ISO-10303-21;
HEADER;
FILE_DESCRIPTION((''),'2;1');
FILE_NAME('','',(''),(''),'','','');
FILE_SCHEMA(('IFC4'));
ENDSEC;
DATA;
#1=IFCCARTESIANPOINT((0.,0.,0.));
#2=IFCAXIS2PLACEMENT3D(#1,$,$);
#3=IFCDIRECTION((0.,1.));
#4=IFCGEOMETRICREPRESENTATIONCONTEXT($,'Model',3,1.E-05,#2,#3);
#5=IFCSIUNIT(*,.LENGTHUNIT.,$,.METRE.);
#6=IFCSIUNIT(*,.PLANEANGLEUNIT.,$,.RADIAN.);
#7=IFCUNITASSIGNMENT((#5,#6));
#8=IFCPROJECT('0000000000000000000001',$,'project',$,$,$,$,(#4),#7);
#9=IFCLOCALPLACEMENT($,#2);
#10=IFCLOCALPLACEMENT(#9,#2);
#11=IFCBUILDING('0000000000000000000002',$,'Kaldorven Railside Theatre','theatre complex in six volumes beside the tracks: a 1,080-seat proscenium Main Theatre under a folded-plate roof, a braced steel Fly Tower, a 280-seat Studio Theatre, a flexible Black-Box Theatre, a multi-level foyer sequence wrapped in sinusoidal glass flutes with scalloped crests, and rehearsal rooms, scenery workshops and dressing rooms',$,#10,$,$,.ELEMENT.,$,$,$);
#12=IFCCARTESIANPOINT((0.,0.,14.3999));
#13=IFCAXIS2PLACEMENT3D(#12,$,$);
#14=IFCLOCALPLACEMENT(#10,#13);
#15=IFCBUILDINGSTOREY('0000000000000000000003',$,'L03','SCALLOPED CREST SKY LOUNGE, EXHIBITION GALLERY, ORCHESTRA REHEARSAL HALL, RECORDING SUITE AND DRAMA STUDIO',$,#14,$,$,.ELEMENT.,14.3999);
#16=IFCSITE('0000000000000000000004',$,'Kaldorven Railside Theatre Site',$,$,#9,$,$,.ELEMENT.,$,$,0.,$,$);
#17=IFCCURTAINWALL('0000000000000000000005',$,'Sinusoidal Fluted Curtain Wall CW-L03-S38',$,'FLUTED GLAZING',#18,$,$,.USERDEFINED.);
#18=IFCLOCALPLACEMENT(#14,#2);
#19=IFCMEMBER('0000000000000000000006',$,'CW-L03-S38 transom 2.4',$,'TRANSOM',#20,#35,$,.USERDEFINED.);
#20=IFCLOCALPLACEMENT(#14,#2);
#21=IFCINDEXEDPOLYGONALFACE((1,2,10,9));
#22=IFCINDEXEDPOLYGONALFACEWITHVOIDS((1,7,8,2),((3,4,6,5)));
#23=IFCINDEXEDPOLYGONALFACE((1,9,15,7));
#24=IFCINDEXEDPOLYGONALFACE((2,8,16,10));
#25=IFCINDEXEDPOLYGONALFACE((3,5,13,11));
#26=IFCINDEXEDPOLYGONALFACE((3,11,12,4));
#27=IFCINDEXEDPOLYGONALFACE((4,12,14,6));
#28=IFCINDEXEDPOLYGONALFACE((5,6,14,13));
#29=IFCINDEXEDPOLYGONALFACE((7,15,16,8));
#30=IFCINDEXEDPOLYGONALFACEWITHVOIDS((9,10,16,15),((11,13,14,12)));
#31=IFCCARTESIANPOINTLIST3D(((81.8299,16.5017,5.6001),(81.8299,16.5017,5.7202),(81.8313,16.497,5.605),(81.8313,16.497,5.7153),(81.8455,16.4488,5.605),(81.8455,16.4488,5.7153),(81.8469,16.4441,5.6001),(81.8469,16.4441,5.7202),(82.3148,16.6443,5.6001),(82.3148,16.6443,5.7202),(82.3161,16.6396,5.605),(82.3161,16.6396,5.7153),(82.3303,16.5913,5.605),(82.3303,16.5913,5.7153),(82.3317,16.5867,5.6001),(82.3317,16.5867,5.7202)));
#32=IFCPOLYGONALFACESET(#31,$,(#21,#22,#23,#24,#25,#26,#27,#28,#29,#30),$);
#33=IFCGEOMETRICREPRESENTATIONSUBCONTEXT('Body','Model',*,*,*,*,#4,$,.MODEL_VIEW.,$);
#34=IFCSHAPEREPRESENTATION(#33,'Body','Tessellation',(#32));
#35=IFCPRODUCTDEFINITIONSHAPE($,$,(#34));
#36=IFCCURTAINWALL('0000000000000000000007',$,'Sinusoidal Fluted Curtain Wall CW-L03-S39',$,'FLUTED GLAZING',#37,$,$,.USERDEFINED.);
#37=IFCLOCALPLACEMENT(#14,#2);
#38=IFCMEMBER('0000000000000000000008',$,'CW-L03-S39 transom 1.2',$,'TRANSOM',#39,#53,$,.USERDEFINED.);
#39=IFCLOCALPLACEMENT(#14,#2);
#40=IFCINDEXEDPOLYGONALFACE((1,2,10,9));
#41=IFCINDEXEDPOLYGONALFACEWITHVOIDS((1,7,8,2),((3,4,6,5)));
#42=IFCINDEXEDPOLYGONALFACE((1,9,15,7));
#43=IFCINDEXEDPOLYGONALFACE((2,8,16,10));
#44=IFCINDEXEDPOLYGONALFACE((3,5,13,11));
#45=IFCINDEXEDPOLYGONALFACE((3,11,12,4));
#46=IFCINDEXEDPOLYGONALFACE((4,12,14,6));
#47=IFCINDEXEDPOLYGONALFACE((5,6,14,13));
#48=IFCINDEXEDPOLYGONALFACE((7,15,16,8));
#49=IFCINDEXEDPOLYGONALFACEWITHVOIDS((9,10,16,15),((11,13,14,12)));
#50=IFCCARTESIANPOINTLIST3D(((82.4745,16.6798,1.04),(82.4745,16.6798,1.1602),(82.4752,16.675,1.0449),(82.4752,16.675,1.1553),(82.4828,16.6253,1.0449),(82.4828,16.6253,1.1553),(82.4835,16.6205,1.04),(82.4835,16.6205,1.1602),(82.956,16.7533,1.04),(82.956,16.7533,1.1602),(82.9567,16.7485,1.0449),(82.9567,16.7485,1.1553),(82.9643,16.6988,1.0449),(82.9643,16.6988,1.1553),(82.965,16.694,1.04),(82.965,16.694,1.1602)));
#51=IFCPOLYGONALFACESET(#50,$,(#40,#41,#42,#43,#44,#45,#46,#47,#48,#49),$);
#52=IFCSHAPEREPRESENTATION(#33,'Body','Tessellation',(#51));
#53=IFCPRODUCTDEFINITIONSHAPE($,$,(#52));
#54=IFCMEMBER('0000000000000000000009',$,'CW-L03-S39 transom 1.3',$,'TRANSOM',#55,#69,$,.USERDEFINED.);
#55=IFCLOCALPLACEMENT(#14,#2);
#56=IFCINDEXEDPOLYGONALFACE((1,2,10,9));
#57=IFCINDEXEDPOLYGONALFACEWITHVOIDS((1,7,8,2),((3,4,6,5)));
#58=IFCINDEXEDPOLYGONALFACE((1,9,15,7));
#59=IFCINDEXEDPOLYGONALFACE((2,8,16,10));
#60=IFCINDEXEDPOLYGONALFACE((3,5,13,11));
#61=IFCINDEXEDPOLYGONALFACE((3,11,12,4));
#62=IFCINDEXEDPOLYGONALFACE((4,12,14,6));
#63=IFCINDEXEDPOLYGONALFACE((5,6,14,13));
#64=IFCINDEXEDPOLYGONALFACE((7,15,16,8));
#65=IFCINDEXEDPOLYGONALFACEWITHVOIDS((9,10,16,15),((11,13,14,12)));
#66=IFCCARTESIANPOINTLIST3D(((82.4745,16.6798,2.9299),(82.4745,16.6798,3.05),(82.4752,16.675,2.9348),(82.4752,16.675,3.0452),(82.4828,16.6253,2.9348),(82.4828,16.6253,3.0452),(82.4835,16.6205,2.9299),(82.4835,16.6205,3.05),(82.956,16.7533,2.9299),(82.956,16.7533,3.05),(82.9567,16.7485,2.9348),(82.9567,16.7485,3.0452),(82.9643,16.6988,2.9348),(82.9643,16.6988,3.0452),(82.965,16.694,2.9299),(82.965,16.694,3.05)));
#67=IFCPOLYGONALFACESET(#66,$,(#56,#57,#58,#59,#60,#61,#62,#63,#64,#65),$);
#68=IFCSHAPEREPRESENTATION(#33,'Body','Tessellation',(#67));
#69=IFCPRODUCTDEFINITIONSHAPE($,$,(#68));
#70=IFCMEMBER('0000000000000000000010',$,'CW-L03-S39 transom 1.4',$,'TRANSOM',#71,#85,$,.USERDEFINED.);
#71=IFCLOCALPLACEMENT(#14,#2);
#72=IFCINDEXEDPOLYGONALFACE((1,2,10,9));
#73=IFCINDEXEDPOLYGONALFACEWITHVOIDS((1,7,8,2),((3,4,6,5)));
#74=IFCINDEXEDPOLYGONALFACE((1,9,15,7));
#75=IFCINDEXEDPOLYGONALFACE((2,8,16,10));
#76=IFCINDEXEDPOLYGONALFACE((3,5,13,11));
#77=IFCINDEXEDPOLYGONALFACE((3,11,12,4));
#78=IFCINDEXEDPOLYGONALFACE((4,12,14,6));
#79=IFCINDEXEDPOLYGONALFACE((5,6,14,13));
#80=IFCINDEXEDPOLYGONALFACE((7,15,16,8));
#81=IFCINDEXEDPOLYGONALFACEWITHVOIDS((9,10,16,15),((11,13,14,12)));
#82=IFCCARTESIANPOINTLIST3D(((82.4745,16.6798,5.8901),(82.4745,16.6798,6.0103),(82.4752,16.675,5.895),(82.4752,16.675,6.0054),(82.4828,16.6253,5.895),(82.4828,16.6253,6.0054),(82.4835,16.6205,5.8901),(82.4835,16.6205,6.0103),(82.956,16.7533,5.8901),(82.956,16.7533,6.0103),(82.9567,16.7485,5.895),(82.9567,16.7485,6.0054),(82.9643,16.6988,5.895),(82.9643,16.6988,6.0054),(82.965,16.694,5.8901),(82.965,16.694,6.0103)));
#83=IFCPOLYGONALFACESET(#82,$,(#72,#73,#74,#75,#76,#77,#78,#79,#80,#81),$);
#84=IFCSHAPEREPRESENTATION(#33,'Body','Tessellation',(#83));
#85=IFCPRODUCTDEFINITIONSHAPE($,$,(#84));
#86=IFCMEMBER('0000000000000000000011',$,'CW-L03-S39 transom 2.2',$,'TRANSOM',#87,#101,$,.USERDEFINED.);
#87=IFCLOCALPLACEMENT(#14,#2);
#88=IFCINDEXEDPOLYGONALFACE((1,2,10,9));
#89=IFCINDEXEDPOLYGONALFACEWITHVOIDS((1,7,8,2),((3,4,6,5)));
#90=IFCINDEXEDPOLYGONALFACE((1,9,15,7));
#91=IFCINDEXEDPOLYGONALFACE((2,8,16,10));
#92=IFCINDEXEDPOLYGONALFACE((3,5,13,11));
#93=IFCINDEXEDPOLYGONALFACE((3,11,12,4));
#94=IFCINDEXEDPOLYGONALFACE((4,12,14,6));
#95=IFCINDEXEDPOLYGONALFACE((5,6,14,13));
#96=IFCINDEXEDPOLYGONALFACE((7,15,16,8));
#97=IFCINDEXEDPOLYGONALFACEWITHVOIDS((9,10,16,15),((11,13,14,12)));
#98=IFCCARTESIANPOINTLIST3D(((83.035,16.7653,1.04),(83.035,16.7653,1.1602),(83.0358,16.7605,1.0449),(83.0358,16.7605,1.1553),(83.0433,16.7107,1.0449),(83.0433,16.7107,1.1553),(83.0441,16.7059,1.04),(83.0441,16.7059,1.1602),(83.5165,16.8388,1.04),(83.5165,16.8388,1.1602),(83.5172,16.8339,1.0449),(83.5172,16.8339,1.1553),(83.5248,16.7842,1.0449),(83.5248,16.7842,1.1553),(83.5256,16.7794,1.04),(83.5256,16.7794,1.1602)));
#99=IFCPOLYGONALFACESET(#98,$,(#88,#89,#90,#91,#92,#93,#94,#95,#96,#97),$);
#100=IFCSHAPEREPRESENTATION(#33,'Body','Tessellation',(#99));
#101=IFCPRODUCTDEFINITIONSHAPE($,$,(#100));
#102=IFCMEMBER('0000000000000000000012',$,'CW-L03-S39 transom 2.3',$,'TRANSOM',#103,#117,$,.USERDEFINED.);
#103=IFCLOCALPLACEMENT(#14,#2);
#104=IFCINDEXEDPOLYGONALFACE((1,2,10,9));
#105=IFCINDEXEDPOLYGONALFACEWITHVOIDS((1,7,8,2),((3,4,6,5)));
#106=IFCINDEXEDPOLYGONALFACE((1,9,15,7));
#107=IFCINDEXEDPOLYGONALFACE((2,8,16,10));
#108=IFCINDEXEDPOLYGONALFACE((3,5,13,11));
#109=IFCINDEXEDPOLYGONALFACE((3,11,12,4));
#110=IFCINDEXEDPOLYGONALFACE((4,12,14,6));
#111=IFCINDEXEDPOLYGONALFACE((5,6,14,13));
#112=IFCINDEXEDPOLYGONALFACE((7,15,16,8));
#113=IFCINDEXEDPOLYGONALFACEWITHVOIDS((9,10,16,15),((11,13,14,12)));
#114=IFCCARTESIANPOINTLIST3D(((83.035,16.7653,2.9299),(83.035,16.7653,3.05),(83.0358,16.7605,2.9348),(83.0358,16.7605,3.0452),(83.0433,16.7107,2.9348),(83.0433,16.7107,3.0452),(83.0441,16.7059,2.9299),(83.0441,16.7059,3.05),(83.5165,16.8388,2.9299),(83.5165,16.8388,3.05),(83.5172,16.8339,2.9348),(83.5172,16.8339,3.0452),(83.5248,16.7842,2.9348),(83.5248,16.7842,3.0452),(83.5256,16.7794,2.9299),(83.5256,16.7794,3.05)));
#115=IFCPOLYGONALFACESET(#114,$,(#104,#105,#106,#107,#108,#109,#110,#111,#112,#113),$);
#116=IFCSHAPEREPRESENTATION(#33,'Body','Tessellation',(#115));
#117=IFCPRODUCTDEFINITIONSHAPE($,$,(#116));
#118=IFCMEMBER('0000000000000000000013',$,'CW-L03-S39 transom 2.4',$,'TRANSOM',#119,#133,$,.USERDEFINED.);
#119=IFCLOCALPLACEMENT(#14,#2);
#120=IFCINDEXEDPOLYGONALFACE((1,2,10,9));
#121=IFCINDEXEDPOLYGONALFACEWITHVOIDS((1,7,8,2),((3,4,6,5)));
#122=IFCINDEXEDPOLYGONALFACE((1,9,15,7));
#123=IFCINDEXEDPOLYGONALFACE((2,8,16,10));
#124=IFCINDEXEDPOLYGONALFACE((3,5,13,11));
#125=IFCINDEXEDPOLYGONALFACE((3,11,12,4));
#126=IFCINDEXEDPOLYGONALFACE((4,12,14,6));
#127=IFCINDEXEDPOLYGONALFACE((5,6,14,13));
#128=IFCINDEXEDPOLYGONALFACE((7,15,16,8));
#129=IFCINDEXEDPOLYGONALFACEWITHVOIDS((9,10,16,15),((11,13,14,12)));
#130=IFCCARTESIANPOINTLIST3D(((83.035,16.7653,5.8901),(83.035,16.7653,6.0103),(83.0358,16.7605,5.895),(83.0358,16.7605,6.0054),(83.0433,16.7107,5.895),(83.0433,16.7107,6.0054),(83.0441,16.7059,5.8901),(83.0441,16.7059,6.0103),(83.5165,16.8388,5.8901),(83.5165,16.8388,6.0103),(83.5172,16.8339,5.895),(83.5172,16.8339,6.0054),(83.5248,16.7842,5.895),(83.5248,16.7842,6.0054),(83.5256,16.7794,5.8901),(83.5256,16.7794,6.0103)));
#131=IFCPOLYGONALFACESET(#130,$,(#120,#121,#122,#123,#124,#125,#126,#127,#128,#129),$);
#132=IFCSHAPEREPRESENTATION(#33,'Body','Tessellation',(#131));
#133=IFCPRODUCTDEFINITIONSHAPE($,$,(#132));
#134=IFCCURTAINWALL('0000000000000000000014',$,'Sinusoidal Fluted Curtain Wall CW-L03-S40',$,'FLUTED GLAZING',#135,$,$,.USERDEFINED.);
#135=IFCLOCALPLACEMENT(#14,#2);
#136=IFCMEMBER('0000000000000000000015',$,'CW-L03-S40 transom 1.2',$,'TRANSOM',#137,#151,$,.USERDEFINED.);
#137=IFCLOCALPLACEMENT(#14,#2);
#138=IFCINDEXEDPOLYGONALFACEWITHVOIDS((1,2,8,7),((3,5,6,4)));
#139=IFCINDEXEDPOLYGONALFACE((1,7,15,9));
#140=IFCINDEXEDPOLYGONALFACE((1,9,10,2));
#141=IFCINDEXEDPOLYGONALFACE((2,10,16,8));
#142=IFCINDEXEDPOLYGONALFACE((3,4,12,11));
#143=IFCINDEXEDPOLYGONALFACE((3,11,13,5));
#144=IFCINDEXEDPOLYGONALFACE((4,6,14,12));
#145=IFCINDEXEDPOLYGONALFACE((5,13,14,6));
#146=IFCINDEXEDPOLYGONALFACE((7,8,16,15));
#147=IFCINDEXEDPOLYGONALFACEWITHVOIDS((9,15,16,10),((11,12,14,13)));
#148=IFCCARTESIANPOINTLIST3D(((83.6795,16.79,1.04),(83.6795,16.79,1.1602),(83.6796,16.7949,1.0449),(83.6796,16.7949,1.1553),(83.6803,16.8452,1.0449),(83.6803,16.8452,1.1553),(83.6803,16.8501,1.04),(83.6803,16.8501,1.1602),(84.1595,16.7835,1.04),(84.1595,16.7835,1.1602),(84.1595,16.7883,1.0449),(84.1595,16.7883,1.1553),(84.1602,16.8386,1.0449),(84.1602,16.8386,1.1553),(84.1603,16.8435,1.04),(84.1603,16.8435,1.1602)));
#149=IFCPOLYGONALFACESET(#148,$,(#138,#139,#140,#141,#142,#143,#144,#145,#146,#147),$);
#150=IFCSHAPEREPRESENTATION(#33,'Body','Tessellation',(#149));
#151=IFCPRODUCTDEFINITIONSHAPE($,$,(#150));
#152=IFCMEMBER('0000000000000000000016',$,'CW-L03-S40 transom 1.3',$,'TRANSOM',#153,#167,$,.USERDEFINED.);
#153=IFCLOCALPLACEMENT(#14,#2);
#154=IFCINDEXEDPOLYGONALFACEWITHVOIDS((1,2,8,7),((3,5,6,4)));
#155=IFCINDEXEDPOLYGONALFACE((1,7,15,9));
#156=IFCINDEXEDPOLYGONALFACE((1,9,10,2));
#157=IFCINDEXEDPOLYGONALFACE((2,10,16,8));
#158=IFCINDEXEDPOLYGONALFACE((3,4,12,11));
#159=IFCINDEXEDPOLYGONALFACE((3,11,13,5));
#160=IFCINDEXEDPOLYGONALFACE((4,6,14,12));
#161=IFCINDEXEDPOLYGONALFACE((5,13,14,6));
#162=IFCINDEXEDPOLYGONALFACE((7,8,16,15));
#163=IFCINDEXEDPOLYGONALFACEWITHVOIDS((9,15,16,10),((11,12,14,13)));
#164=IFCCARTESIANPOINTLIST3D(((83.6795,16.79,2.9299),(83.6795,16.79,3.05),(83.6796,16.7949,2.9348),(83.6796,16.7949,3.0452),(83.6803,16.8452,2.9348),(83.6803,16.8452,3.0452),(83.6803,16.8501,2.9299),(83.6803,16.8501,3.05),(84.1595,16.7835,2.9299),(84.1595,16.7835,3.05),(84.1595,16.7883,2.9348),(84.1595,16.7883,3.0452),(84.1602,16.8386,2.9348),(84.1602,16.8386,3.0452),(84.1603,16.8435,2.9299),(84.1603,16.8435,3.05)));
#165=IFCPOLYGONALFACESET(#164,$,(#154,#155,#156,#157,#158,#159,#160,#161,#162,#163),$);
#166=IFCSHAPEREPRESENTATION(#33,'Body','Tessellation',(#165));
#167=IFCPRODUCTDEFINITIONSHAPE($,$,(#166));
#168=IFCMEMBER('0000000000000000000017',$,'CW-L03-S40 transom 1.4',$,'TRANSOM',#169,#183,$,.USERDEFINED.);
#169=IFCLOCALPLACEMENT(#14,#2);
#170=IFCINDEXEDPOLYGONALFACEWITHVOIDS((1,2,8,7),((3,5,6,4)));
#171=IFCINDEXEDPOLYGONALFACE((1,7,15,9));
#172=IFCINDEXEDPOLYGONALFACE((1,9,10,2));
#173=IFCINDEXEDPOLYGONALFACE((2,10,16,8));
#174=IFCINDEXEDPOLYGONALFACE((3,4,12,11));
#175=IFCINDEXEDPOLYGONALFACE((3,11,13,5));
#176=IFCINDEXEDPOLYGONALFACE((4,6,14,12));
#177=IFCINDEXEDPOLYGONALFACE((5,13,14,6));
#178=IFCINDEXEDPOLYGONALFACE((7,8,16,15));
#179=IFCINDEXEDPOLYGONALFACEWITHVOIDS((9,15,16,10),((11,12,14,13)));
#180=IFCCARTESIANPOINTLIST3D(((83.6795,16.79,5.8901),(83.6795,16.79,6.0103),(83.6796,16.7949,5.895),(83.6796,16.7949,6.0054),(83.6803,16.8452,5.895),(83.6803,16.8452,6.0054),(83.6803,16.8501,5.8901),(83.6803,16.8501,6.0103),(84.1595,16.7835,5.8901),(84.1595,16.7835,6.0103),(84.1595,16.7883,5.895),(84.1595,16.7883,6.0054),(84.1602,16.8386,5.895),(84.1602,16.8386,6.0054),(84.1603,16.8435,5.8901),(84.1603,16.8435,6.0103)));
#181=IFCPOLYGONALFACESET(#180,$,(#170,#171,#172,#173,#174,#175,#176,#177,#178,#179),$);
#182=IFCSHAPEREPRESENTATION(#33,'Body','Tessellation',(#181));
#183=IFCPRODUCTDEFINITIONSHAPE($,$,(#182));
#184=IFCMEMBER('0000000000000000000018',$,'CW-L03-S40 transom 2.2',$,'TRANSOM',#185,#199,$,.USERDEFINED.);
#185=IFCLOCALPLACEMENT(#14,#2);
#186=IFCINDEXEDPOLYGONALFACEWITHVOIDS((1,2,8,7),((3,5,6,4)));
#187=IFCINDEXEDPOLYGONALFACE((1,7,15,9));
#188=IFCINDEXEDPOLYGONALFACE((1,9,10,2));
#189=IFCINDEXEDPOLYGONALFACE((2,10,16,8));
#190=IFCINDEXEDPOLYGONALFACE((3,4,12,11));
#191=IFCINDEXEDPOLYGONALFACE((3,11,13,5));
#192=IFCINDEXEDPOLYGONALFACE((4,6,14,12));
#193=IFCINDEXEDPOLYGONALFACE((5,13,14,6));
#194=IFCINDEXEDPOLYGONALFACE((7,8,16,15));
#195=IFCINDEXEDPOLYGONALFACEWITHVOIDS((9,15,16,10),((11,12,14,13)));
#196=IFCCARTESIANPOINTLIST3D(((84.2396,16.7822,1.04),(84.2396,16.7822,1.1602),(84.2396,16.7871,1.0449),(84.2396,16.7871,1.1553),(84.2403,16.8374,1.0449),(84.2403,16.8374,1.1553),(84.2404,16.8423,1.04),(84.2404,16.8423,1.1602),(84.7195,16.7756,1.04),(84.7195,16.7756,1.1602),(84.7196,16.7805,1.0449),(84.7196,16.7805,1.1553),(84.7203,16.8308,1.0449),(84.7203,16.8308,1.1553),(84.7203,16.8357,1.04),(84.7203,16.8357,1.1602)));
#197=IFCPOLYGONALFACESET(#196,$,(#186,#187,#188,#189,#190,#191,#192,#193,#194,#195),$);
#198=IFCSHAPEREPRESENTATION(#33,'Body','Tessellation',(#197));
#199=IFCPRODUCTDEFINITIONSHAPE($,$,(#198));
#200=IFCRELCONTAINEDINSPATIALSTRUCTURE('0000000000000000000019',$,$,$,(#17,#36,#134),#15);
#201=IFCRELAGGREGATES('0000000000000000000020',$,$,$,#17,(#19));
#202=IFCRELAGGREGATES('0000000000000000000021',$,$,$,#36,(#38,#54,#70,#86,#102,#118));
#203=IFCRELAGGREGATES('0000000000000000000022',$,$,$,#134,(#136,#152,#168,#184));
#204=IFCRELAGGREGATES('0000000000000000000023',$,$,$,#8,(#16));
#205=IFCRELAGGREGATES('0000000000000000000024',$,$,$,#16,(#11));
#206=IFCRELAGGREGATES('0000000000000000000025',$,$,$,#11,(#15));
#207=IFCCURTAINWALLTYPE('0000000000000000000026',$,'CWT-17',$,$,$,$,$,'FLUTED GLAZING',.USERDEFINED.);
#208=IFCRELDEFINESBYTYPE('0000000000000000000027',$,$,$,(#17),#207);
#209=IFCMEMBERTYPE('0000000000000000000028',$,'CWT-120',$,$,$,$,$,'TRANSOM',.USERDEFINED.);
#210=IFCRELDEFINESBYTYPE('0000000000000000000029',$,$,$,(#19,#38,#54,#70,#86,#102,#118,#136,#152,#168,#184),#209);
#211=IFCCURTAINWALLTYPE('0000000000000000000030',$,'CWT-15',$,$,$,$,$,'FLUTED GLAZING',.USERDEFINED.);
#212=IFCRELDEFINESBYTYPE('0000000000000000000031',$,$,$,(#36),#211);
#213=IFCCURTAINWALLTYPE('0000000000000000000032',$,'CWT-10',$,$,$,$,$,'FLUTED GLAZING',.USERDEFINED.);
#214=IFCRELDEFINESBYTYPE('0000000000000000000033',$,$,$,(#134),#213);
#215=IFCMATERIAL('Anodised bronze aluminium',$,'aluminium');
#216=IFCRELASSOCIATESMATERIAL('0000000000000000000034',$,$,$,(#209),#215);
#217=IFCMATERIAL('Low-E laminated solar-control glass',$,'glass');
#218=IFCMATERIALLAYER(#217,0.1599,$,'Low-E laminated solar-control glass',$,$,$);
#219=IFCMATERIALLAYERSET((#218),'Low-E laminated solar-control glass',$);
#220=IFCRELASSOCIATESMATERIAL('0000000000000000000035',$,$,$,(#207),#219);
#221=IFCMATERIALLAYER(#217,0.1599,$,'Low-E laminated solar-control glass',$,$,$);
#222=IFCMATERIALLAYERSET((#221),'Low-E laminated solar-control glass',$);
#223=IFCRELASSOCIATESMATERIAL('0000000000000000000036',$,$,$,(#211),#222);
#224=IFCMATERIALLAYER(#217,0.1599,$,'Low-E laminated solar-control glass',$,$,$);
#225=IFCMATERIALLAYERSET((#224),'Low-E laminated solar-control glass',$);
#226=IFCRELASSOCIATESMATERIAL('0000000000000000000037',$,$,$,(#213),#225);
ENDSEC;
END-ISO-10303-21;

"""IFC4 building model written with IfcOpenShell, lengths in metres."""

from ifc_helpers import new_model, si_unit, direction, frame, origin, origin_2d, place, context, subcontext, project, spatial, hollow_rectangle, extrude, material, layer, layer_set, material_profile, profile_set, type_object, element, aggregate, save


model = new_model("IFC4")

# Units and contexts
model_context = context("Model", 3, precision=1e-05, world=origin(), true_north=direction((0.0, 1.0)))
body_context = subcontext(model_context, "Body", "Model", "MODEL_VIEW")
ifc_project = project(units=[si_unit("LENGTHUNIT", "METRE"), si_unit("PLANEANGLEUNIT", "RADIAN")], contexts=[model_context])

# Site, building, storey
site_placement = place(None, origin())
site = spatial("IfcSite", under=ifc_project, at=site_placement, Name="Kaldorven Railside Theatre Site", CompositionType="ELEMENT", RefElevation=0.0)
building_placement = place(site_placement, origin())
building = spatial("IfcBuilding", under=site, at=building_placement, Name="Kaldorven Railside Theatre", Description="theatre complex in six volumes beside the tracks: a 1,080-seat proscenium Main Theatre under a folded-plate roof, a braced steel Fly Tower, a 280-seat Studio Theatre, a flexible Black-Box Theatre, a multi-level foyer sequence wrapped in sinusoidal glass flutes with scalloped crests, and rehearsal rooms, scenery workshops and dressing rooms", CompositionType="ELEMENT")
storey_placement = place(building_placement, frame((0.0, 0.0, 14.3999)))
storey = spatial("IfcBuildingStorey", under=building, at=storey_placement, Name="L03", Description="SCALLOPED CREST SKY LOUNGE, EXHIBITION GALLERY, ORCHESTRA REHEARSAL HALL, RECORDING SUITE AND DRAMA STUDIO", CompositionType="ELEMENT", Elevation=14.3999)

# Curtain walls, members
ifc_material_1 = material(Name="Low-E laminated solar-control glass", Category="glass")
ifc_material_2 = material(Name="Anodised bronze aluminium", Category="aluminium")
ifc_material_profile = material_profile(ifc_material_2, hollow_rectangle(XDim=0.0601, YDim=0.1201, WallThickness=0.0049, at=origin_2d()), Name="RHS 120x60x5")
ifc_profile_set = profile_set([ifc_material_profile], Name="Anodised bronze aluminium")
member_type = type_object("IfcMemberType", Name="CWT-120", ElementType="TRANSOM", PredefinedType="USERDEFINED", material=ifc_profile_set)
ifc_layer_1 = layer(ifc_material_1, 0.1599, Name="Low-E laminated solar-control glass")
ifc_layer_set_1 = layer_set([ifc_layer_1], Name="Low-E laminated solar-control glass")
curtain_wall_type_1 = type_object("IfcCurtainWallType", Name="CWT-17", ElementType="FLUTED GLAZING", PredefinedType="USERDEFINED", material=ifc_layer_set_1)
curtain_wall_1_placement = place(storey_placement, origin())
curtain_wall_1 = element("IfcCurtainWall", 1, at=curtain_wall_1_placement, inside=storey, type_object=curtain_wall_type_1, Name="Sinusoidal Fluted Curtain Wall CW-L03-S38", ObjectType="FLUTED GLAZING", PredefinedType="USERDEFINED")
member_1_placement = place(storey_placement, frame((81.8384, 16.4729, 5.6602), z_axis=(0.959381, 0.282114, 0.0), x_axis=(-0.282114, 0.959381, 0.0)))
member_1 = element("IfcMember", 2, at=member_1_placement, type_object=member_type, Name="CW-L03-S38 transom 2.4", ObjectType="TRANSOM", PredefinedType="USERDEFINED", context=body_context, shape_type="SweptSolid", body=[
    extrude(hollow_rectangle(XDim=0.0601, YDim=0.1201, WallThickness=0.0049, at=origin_2d()), origin(), (0.0, 0.0, 1.0), 0.5054),
])
ifc_layer_2 = layer(ifc_material_1, 0.1599, Name="Low-E laminated solar-control glass")
ifc_layer_set_2 = layer_set([ifc_layer_2], Name="Low-E laminated solar-control glass")
curtain_wall_type_2 = type_object("IfcCurtainWallType", Name="CWT-15", ElementType="FLUTED GLAZING", PredefinedType="USERDEFINED", material=ifc_layer_set_2)
curtain_wall_2_placement = place(storey_placement, origin())
curtain_wall_2 = element("IfcCurtainWall", 3, at=curtain_wall_2_placement, inside=storey, type_object=curtain_wall_type_2, Name="Sinusoidal Fluted Curtain Wall CW-L03-S39", ObjectType="FLUTED GLAZING", PredefinedType="USERDEFINED")
member_2_placement = place(storey_placement, frame((82.479, 16.6501, 1.1001), z_axis=(0.988551, 0.150889, 0.0), x_axis=(-0.150889, 0.988551, 0.0)))
member_2 = element("IfcMember", 4, at=member_2_placement, type_object=member_type, Name="CW-L03-S39 transom 1.2", ObjectType="TRANSOM", PredefinedType="USERDEFINED", context=body_context, shape_type="SweptSolid", body=[
    extrude(hollow_rectangle(XDim=0.0601, YDim=0.1201, WallThickness=0.0049, at=origin_2d()), origin(), (0.0, 0.0, 1.0), 0.4871),
])
member_3_placement = place(storey_placement, frame((82.479, 16.6501, 2.99), z_axis=(0.988551, 0.150889, 0.0), x_axis=(-0.150889, 0.988551, 0.0)))
member_3 = element("IfcMember", 5, at=member_3_placement, type_object=member_type, Name="CW-L03-S39 transom 1.3", ObjectType="TRANSOM", PredefinedType="USERDEFINED", context=body_context, shape_type="SweptSolid", body=[
    extrude(hollow_rectangle(XDim=0.0601, YDim=0.1201, WallThickness=0.0049, at=origin_2d()), origin(), (0.0, 0.0, 1.0), 0.4871),
])
member_4_placement = place(storey_placement, frame((82.479, 16.6501, 5.9502), z_axis=(0.988551, 0.150889, 0.0), x_axis=(-0.150889, 0.988551, 0.0)))
member_4 = element("IfcMember", 6, at=member_4_placement, type_object=member_type, Name="CW-L03-S39 transom 1.4", ObjectType="TRANSOM", PredefinedType="USERDEFINED", context=body_context, shape_type="SweptSolid", body=[
    extrude(hollow_rectangle(XDim=0.0601, YDim=0.1201, WallThickness=0.0049, at=origin_2d()), origin(), (0.0, 0.0, 1.0), 0.4871),
])
member_5_placement = place(storey_placement, frame((83.0396, 16.7356, 1.1001), z_axis=(0.988551, 0.150889, 0.0), x_axis=(-0.150889, 0.988551, 0.0)))
member_5 = element("IfcMember", 7, at=member_5_placement, type_object=member_type, Name="CW-L03-S39 transom 2.2", ObjectType="TRANSOM", PredefinedType="USERDEFINED", context=body_context, shape_type="SweptSolid", body=[
    extrude(hollow_rectangle(XDim=0.0601, YDim=0.1201, WallThickness=0.0049, at=origin_2d()), origin(), (0.0, 0.0, 1.0), 0.4871),
])
member_6_placement = place(storey_placement, frame((83.0396, 16.7356, 2.99), z_axis=(0.988551, 0.150889, 0.0), x_axis=(-0.150889, 0.988551, 0.0)))
member_6 = element("IfcMember", 8, at=member_6_placement, type_object=member_type, Name="CW-L03-S39 transom 2.3", ObjectType="TRANSOM", PredefinedType="USERDEFINED", context=body_context, shape_type="SweptSolid", body=[
    extrude(hollow_rectangle(XDim=0.0601, YDim=0.1201, WallThickness=0.0049, at=origin_2d()), origin(), (0.0, 0.0, 1.0), 0.4871),
])
member_7_placement = place(storey_placement, frame((83.0396, 16.7356, 5.9502), z_axis=(0.988551, 0.150889, 0.0), x_axis=(-0.150889, 0.988551, 0.0)))
member_7 = element("IfcMember", 9, at=member_7_placement, type_object=member_type, Name="CW-L03-S39 transom 2.4", ObjectType="TRANSOM", PredefinedType="USERDEFINED", context=body_context, shape_type="SweptSolid", body=[
    extrude(hollow_rectangle(XDim=0.0601, YDim=0.1201, WallThickness=0.0049, at=origin_2d()), origin(), (0.0, 0.0, 1.0), 0.4871),
])
ifc_layer_3 = layer(ifc_material_1, 0.1599, Name="Low-E laminated solar-control glass")
ifc_layer_set_3 = layer_set([ifc_layer_3], Name="Low-E laminated solar-control glass")
curtain_wall_type_3 = type_object("IfcCurtainWallType", Name="CWT-10", ElementType="FLUTED GLAZING", PredefinedType="USERDEFINED", material=ifc_layer_set_3)
curtain_wall_3_placement = place(storey_placement, origin())
curtain_wall_3 = element("IfcCurtainWall", 10, at=curtain_wall_3_placement, inside=storey, type_object=curtain_wall_type_3, Name="Sinusoidal Fluted Curtain Wall CW-L03-S40", ObjectType="FLUTED GLAZING", PredefinedType="USERDEFINED")
member_8_placement = place(storey_placement, frame((83.6799, 16.8201, 1.1001), z_axis=(0.999906, -0.013732, 0.0), x_axis=(0.013732, 0.999906, 0.0)))
member_8 = element("IfcMember", 11, at=member_8_placement, type_object=member_type, Name="CW-L03-S40 transom 1.2", ObjectType="TRANSOM", PredefinedType="USERDEFINED", context=body_context, shape_type="SweptSolid", body=[
    extrude(hollow_rectangle(XDim=0.0601, YDim=0.1201, WallThickness=0.0049, at=origin_2d()), origin(), (0.0, 0.0, 1.0), 0.48),
])
member_9_placement = place(storey_placement, frame((83.6799, 16.8201, 2.99), z_axis=(0.999906, -0.013732, 0.0), x_axis=(0.013732, 0.999906, 0.0)))
member_9 = element("IfcMember", 12, at=member_9_placement, type_object=member_type, Name="CW-L03-S40 transom 1.3", ObjectType="TRANSOM", PredefinedType="USERDEFINED", context=body_context, shape_type="SweptSolid", body=[
    extrude(hollow_rectangle(XDim=0.0601, YDim=0.1201, WallThickness=0.0049, at=origin_2d()), origin(), (0.0, 0.0, 1.0), 0.48),
])
member_10_placement = place(storey_placement, frame((83.6799, 16.8201, 5.9502), z_axis=(0.999906, -0.013732, 0.0), x_axis=(0.013732, 0.999906, 0.0)))
member_10 = element("IfcMember", 13, at=member_10_placement, type_object=member_type, Name="CW-L03-S40 transom 1.4", ObjectType="TRANSOM", PredefinedType="USERDEFINED", context=body_context, shape_type="SweptSolid", body=[
    extrude(hollow_rectangle(XDim=0.0601, YDim=0.1201, WallThickness=0.0049, at=origin_2d()), origin(), (0.0, 0.0, 1.0), 0.48),
])
member_11_placement = place(storey_placement, frame((84.24, 16.8123, 1.1001), z_axis=(0.999906, -0.013732, 0.0), x_axis=(0.013732, 0.999906, 0.0)))
member_11 = element("IfcMember", 14, at=member_11_placement, type_object=member_type, Name="CW-L03-S40 transom 2.2", ObjectType="TRANSOM", PredefinedType="USERDEFINED", context=body_context, shape_type="SweptSolid", body=[
    extrude(hollow_rectangle(XDim=0.0601, YDim=0.1201, WallThickness=0.0049, at=origin_2d()), origin(), (0.0, 0.0, 1.0), 0.48),
])

aggregate(curtain_wall_1, [member_1])
aggregate(curtain_wall_2, [member_2, member_3, member_4, member_5, member_6, member_7])
aggregate(curtain_wall_3, [member_8, member_9, member_10, member_11])

save(model, "model.ifc")
